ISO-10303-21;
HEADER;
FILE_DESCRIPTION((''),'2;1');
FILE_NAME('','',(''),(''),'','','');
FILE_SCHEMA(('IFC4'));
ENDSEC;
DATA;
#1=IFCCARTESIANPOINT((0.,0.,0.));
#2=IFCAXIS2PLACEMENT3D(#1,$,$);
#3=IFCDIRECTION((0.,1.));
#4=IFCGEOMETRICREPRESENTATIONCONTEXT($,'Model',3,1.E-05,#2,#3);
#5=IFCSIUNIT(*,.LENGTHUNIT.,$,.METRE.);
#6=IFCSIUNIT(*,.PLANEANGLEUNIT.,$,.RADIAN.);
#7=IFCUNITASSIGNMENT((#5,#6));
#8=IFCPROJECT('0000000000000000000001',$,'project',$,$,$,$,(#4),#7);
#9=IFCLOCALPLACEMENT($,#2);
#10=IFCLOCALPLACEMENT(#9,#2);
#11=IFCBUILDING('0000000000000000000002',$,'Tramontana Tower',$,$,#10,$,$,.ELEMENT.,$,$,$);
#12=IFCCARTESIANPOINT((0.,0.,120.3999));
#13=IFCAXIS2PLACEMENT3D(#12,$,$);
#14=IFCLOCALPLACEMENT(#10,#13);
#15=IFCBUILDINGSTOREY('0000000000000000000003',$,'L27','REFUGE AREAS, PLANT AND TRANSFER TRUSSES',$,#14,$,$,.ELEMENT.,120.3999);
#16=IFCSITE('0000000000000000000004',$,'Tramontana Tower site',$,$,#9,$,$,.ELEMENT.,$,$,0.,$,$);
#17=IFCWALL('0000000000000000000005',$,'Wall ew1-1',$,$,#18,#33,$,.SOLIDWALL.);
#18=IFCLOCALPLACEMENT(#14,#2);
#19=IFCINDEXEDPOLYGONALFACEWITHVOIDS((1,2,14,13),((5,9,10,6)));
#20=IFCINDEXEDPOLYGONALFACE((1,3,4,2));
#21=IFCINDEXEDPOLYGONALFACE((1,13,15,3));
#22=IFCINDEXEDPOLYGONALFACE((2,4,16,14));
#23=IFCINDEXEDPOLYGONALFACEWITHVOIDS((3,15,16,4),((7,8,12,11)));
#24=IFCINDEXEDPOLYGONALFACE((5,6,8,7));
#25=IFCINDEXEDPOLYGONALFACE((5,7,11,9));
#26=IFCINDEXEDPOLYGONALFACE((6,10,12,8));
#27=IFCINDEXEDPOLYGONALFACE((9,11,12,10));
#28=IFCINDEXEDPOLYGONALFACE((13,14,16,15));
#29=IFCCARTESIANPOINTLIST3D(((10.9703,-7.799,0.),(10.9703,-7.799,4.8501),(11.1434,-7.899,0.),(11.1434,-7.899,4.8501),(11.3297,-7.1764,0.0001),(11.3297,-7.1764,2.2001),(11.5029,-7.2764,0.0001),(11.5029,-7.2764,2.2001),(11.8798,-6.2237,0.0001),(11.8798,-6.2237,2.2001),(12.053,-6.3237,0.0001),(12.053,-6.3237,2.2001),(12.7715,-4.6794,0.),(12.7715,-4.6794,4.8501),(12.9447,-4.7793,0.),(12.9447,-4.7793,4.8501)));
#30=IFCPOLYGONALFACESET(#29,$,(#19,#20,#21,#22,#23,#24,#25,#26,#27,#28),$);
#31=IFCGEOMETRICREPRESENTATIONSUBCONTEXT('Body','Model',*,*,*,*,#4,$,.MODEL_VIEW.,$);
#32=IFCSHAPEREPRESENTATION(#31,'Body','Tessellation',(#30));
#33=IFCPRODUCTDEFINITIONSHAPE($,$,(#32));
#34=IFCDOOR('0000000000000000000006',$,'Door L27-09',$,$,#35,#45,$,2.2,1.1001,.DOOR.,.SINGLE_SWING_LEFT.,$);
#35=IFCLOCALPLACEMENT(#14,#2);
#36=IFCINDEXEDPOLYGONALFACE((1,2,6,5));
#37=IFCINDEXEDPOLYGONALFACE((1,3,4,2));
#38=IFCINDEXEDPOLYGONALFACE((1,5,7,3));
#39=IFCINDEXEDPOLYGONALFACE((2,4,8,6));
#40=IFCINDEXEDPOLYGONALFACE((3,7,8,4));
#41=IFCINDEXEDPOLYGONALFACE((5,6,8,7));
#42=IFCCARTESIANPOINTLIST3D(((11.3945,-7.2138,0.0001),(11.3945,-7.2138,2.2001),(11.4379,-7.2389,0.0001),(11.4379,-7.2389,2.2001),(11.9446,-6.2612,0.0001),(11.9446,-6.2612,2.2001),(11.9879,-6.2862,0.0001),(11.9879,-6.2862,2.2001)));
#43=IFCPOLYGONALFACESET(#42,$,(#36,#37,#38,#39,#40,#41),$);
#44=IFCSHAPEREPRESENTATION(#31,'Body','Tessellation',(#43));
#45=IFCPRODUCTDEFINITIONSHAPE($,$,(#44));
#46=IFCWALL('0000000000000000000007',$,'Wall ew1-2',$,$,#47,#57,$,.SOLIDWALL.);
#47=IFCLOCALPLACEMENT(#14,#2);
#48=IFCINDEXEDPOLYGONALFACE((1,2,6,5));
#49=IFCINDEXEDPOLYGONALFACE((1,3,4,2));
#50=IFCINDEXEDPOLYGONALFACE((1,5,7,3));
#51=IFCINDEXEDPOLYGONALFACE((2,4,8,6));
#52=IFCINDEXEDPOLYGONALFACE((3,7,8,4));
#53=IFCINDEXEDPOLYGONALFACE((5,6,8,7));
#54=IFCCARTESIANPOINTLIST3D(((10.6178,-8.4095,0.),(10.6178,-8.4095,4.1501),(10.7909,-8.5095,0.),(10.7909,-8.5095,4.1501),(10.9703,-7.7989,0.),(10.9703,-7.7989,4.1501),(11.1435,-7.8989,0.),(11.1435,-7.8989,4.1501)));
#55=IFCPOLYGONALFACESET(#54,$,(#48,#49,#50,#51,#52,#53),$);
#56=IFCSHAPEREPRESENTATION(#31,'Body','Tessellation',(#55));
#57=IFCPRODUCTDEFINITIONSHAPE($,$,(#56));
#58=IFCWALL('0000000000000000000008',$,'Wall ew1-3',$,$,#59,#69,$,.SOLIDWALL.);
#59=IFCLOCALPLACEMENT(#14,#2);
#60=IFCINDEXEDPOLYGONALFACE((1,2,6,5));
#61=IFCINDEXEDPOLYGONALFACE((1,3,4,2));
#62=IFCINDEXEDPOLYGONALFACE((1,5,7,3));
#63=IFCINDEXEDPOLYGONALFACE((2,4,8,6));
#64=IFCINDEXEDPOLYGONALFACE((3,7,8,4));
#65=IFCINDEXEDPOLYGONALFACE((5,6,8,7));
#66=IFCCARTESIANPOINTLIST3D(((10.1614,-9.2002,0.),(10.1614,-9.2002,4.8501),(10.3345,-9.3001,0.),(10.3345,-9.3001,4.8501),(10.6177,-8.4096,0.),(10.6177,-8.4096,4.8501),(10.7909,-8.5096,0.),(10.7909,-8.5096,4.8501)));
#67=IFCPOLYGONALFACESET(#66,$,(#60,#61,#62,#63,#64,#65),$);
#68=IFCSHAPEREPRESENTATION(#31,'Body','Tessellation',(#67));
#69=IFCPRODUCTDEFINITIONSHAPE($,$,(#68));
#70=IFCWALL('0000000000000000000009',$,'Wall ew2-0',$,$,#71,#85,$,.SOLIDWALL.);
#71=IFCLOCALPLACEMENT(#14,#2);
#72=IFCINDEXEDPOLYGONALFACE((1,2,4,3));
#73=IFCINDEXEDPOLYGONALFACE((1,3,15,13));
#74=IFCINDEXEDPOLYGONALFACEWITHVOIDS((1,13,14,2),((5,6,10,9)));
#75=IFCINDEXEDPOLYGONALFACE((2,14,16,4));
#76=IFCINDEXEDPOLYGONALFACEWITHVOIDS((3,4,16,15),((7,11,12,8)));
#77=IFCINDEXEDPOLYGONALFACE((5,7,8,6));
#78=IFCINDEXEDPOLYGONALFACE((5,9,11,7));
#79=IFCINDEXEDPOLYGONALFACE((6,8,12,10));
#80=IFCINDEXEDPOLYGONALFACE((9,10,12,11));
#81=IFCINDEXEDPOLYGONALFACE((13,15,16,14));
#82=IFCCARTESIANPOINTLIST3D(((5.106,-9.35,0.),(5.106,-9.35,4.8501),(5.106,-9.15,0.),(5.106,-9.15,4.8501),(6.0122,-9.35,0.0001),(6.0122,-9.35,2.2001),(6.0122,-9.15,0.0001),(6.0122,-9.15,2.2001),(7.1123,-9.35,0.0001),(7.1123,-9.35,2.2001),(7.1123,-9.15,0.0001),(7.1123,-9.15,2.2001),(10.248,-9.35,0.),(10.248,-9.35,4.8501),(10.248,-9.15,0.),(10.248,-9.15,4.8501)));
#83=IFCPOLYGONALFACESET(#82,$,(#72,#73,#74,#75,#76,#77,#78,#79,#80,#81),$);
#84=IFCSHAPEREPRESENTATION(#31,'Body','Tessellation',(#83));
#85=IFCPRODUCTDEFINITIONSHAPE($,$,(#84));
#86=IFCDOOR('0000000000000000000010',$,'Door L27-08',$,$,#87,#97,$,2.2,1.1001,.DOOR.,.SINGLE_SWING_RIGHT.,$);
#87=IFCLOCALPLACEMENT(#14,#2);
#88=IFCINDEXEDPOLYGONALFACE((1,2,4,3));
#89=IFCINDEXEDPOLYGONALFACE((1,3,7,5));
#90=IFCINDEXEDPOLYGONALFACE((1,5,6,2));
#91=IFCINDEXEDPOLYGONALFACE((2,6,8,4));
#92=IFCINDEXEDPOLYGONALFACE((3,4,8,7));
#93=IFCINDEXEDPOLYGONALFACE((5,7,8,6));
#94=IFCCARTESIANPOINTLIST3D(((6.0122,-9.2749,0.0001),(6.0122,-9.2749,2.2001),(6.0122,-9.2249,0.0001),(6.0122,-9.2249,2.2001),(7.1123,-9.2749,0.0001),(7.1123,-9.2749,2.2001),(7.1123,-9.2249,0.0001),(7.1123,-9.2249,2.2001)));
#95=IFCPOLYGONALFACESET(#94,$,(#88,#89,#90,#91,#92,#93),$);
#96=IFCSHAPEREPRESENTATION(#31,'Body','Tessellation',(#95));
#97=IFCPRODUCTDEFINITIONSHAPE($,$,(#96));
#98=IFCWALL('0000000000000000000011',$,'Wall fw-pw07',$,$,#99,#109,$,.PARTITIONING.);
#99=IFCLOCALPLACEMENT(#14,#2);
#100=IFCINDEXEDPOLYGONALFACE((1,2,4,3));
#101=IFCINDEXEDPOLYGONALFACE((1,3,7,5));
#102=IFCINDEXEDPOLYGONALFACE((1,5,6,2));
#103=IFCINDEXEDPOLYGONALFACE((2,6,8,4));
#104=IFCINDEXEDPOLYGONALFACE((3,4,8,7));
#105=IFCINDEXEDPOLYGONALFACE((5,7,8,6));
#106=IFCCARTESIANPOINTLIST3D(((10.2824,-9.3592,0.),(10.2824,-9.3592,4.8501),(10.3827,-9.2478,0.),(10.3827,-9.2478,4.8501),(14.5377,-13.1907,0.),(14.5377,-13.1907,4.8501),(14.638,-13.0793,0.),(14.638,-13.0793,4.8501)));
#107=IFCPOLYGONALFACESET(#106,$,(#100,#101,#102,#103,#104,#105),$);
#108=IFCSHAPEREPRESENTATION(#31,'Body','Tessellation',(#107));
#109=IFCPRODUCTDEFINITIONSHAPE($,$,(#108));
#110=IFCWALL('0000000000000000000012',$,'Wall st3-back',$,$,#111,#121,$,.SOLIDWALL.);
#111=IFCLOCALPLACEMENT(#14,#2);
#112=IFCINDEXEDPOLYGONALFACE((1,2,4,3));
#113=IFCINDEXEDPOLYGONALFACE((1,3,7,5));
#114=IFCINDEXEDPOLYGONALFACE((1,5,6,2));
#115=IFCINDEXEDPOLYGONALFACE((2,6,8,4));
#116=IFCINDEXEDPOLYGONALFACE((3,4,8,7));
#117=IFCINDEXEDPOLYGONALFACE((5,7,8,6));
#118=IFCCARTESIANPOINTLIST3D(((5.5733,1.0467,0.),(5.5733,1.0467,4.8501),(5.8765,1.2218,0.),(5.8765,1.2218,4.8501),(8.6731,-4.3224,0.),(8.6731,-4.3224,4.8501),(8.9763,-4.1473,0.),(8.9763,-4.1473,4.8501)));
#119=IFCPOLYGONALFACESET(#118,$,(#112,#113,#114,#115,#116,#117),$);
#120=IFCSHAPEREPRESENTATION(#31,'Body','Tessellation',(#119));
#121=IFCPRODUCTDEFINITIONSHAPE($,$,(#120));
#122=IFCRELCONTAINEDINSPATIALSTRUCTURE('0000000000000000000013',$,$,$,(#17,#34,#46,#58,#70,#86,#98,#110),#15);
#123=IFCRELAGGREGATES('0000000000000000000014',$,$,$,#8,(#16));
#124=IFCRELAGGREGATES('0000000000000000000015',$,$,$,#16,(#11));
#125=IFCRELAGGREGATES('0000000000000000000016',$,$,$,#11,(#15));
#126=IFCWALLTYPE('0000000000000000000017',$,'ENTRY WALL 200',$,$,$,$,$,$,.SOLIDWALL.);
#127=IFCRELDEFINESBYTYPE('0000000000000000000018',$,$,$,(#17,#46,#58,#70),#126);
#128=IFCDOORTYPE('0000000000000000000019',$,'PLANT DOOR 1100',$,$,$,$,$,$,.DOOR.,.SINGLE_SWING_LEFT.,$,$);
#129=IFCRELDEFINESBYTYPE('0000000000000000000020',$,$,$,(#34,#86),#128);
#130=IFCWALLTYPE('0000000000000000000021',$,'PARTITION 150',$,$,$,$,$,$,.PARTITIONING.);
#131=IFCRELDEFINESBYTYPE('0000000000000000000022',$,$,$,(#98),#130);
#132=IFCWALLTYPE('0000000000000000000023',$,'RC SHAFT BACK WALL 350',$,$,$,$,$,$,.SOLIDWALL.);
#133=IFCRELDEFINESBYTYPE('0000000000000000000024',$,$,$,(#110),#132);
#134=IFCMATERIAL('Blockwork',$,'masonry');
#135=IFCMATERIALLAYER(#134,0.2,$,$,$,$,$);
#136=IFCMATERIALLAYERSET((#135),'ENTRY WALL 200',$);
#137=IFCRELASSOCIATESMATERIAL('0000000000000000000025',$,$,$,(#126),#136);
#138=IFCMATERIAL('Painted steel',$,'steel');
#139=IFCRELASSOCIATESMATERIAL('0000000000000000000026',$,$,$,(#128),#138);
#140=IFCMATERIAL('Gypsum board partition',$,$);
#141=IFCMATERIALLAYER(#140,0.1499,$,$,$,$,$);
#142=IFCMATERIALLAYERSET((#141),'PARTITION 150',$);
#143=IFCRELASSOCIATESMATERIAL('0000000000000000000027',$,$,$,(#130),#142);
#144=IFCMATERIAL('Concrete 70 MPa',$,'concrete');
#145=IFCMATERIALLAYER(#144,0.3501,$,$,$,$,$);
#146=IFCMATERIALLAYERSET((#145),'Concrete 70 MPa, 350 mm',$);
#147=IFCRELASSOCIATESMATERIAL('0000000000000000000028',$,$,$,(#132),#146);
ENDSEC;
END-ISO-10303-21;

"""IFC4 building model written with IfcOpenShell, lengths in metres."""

from ifc_helpers import new_model, si_unit, direction, frame, frame_2d, origin, place, context, subcontext, project, spatial, rectangle, extrude, material, layer, layer_set, type_object, element, fill, save


model = new_model("IFC4")

# Units and contexts
model_context = context("Model", 3, precision=1e-05, world=origin(), true_north=direction((0.0, 1.0)))
body_context = subcontext(model_context, "Body", "Model", "MODEL_VIEW")
ifc_project = project(units=[si_unit("LENGTHUNIT", "METRE"), si_unit("PLANEANGLEUNIT", "RADIAN")], contexts=[model_context])

# Site, building, storey
site_placement = place(None, origin())
site = spatial("IfcSite", under=ifc_project, at=site_placement, Name="Tramontana Tower site", CompositionType="ELEMENT", RefElevation=0.0)
building_placement = place(site_placement, origin())
building = spatial("IfcBuilding", under=site, at=building_placement, Name="Tramontana Tower", CompositionType="ELEMENT")
storey_placement = place(building_placement, frame((0.0, 0.0, 120.3999)))
storey = spatial("IfcBuildingStorey", under=building, at=storey_placement, Name="L27", Description="REFUGE AREAS, PLANT AND TRANSFER TRUSSES", CompositionType="ELEMENT", Elevation=120.3999)

# Shared definitions
ifc_material_1 = material(Name="Blockwork", Category="masonry")
ifc_layer_1 = layer(ifc_material_1, 0.2)
ifc_layer_set_1 = layer_set([ifc_layer_1], Name="ENTRY WALL 200")
wall_type_1 = type_object("IfcWallType", Name="ENTRY WALL 200", PredefinedType="SOLIDWALL", material=ifc_layer_set_1)

# Wall, opening, door
wall_1_placement = place(storey_placement, frame((12.8582, -4.7292, 0.0), z_axis=(0.0, 0.0, 1.0), x_axis=(-0.500031, -0.866007, 0.0)))
wall_1 = element("IfcWall", 1, at=wall_1_placement, inside=storey, type_object=wall_type_1, Name="Wall ew1-1", PredefinedType="SOLIDWALL", context=body_context, shape_type="SweptSolid", body=[
    extrude(rectangle(XDim=3.6023, YDim=0.2, at=frame_2d((1.8013, 0.0))), origin(), (0.0, 0.0, 1.0), 4.8501),
])
opening_1_placement = place(wall_1_placement, frame((1.7834, 0.0, 0.0)))
opening_1 = element("IfcOpeningElement", 2, at=opening_1_placement, cuts=wall_1, PredefinedType="OPENING", context=body_context, shape_type="SweptSolid", body=[
    extrude(rectangle(XDim=1.1001, YDim=2.2, at=frame_2d((0.55, 1.1001))), frame((0.0, 0.1099, 0.0), z_axis=(0.0, -1.0, 0.0), x_axis=(1.0, 0.0, 0.0)), (0.0, 0.0, 1.0), 0.22),
])
ifc_material_2 = material(Name="Painted steel", Category="steel")
door_type_1 = type_object("IfcDoorType", Name="PLANT DOOR 1100", OperationType="SINGLE_SWING_LEFT", PredefinedType="DOOR", material=ifc_material_2)
door_1_placement = place(opening_1_placement, origin())
door_1 = element("IfcDoor", 3, at=door_1_placement, inside=storey, type_object=door_type_1, Name="Door L27-09", OperationType="SINGLE_SWING_LEFT", OverallHeight=2.2, OverallWidth=1.1001, PredefinedType="DOOR", context=body_context, shape_type="SweptSolid", body=[
    extrude(rectangle(XDim=1.1001, YDim=2.2, at=frame_2d((0.55, 1.1001))), frame((0.0, 0.0249, 0.0), z_axis=(0.0, -1.0, 0.0), x_axis=(1.0, 0.0, 0.0)), (0.0, 0.0, 1.0), 0.05),
])
fill(opening_1, door_1)

# Walls
wall_2_placement = place(storey_placement, frame((11.0569, -7.8489, 0.0), z_axis=(0.0, 0.0, 1.0), x_axis=(-0.500012, -0.866018, 0.0)))
element("IfcWall", 4, at=wall_2_placement, inside=storey, type_object=wall_type_1, Name="Wall ew1-2", PredefinedType="SOLIDWALL", context=body_context, shape_type="SweptSolid", body=[
    extrude(rectangle(XDim=0.7051, YDim=0.2, at=frame_2d((0.3525, 0.0))), origin(), (0.0, 0.0, 1.0), 4.1501),
])
wall_3_placement = place(storey_placement, frame((10.7043, -8.4595, 0.0), z_axis=(0.0, 0.0, 1.0), x_axis=(-0.499908, -0.866079, 0.0)))
element("IfcWall", 5, at=wall_3_placement, inside=storey, type_object=wall_type_1, Name="Wall ew1-3", PredefinedType="SOLIDWALL", context=body_context, shape_type="SweptSolid", body=[
    extrude(rectangle(XDim=0.9128, YDim=0.2, at=frame_2d((0.4565, 0.0))), origin(), (0.0, 0.0, 1.0), 4.8501),
])

# Wall, opening, door
wall_4_placement = place(storey_placement, frame((10.248, -9.25, 0.0), z_axis=(0.0, 0.0, 1.0), x_axis=(-1.0, 0.0, 0.0)))
wall_4 = element("IfcWall", 6, at=wall_4_placement, inside=storey, type_object=wall_type_1, Name="Wall ew2-0", PredefinedType="SOLIDWALL", context=body_context, shape_type="SweptSolid", body=[
    extrude(rectangle(XDim=5.1421, YDim=0.2, at=frame_2d((2.571, 0.0))), origin(), (0.0, 0.0, 1.0), 4.8501),
])
opening_2_placement = place(wall_4_placement, frame((3.1357, 0.0, 0.0)))
opening_2 = element("IfcOpeningElement", 7, at=opening_2_placement, cuts=wall_4, PredefinedType="OPENING", context=body_context, shape_type="SweptSolid", body=[
    extrude(rectangle(XDim=1.1001, YDim=2.2, at=frame_2d((0.55, 1.1001))), frame((0.0, 0.1099, 0.0), z_axis=(0.0, -1.0, 0.0), x_axis=(1.0, 0.0, 0.0)), (0.0, 0.0, 1.0), 0.22),
])
door_2_placement = place(opening_2_placement, origin())
door_2 = element("IfcDoor", 8, at=door_2_placement, inside=storey, type_object=door_type_1, Name="Door L27-08", OperationType="SINGLE_SWING_RIGHT", OverallHeight=2.2, OverallWidth=1.1001, PredefinedType="DOOR", context=body_context, shape_type="SweptSolid", body=[
    extrude(rectangle(XDim=1.1001, YDim=2.2, at=frame_2d((0.55, 1.1001))), frame((0.0, 0.0249, 0.0), z_axis=(0.0, -1.0, 0.0), x_axis=(1.0, 0.0, 0.0)), (0.0, 0.0, 1.0), 0.05),
])
fill(opening_2, door_2)

# Walls
ifc_material_3 = material(Name="Gypsum board partition")
ifc_layer_2 = layer(ifc_material_3, 0.1499)
ifc_layer_set_2 = layer_set([ifc_layer_2], Name="PARTITION 150")
wall_type_2 = type_object("IfcWallType", Name="PARTITION 150", PredefinedType="PARTITIONING", material=ifc_layer_set_2)
wall_5_placement = place(storey_placement, frame((10.3325, -9.3035, 0.0), z_axis=(0.0, 0.0, 1.0), x_axis=(0.743146, -0.66913, 0.0)))
element("IfcWall", 9, at=wall_5_placement, inside=storey, type_object=wall_type_2, Name="Wall fw-pw07", PredefinedType="PARTITIONING", context=body_context, shape_type="SweptSolid", body=[
    extrude(rectangle(XDim=5.7261, YDim=0.1499, at=frame_2d((2.863, 0.0))), origin(), (0.0, 0.0, 1.0), 4.8501),
])
ifc_material_4 = material(Name="Concrete 70 MPa", Category="concrete")
ifc_layer_3 = layer(ifc_material_4, 0.3501)
ifc_layer_set_3 = layer_set([ifc_layer_3], Name="Concrete 70 MPa, 350 mm")
wall_type_3 = type_object("IfcWallType", Name="RC SHAFT BACK WALL 350", PredefinedType="SOLIDWALL", material=ifc_layer_set_3)
wall_6_placement = place(storey_placement, frame((8.8247, -4.2349, 0.0), z_axis=(0.0, 0.0, 1.0), x_axis=(-0.499997, 0.866027, 0.0)))
element("IfcWall", 10, at=wall_6_placement, inside=storey, type_object=wall_type_3, Name="Wall st3-back", PredefinedType="SOLIDWALL", context=body_context, shape_type="SweptSolid", body=[
    extrude(rectangle(XDim=6.1997, YDim=0.3501, at=frame_2d((3.0999, 0.0))), origin(), (0.0, 0.0, 1.0), 4.8501),
])

save(model, "model.ifc")
